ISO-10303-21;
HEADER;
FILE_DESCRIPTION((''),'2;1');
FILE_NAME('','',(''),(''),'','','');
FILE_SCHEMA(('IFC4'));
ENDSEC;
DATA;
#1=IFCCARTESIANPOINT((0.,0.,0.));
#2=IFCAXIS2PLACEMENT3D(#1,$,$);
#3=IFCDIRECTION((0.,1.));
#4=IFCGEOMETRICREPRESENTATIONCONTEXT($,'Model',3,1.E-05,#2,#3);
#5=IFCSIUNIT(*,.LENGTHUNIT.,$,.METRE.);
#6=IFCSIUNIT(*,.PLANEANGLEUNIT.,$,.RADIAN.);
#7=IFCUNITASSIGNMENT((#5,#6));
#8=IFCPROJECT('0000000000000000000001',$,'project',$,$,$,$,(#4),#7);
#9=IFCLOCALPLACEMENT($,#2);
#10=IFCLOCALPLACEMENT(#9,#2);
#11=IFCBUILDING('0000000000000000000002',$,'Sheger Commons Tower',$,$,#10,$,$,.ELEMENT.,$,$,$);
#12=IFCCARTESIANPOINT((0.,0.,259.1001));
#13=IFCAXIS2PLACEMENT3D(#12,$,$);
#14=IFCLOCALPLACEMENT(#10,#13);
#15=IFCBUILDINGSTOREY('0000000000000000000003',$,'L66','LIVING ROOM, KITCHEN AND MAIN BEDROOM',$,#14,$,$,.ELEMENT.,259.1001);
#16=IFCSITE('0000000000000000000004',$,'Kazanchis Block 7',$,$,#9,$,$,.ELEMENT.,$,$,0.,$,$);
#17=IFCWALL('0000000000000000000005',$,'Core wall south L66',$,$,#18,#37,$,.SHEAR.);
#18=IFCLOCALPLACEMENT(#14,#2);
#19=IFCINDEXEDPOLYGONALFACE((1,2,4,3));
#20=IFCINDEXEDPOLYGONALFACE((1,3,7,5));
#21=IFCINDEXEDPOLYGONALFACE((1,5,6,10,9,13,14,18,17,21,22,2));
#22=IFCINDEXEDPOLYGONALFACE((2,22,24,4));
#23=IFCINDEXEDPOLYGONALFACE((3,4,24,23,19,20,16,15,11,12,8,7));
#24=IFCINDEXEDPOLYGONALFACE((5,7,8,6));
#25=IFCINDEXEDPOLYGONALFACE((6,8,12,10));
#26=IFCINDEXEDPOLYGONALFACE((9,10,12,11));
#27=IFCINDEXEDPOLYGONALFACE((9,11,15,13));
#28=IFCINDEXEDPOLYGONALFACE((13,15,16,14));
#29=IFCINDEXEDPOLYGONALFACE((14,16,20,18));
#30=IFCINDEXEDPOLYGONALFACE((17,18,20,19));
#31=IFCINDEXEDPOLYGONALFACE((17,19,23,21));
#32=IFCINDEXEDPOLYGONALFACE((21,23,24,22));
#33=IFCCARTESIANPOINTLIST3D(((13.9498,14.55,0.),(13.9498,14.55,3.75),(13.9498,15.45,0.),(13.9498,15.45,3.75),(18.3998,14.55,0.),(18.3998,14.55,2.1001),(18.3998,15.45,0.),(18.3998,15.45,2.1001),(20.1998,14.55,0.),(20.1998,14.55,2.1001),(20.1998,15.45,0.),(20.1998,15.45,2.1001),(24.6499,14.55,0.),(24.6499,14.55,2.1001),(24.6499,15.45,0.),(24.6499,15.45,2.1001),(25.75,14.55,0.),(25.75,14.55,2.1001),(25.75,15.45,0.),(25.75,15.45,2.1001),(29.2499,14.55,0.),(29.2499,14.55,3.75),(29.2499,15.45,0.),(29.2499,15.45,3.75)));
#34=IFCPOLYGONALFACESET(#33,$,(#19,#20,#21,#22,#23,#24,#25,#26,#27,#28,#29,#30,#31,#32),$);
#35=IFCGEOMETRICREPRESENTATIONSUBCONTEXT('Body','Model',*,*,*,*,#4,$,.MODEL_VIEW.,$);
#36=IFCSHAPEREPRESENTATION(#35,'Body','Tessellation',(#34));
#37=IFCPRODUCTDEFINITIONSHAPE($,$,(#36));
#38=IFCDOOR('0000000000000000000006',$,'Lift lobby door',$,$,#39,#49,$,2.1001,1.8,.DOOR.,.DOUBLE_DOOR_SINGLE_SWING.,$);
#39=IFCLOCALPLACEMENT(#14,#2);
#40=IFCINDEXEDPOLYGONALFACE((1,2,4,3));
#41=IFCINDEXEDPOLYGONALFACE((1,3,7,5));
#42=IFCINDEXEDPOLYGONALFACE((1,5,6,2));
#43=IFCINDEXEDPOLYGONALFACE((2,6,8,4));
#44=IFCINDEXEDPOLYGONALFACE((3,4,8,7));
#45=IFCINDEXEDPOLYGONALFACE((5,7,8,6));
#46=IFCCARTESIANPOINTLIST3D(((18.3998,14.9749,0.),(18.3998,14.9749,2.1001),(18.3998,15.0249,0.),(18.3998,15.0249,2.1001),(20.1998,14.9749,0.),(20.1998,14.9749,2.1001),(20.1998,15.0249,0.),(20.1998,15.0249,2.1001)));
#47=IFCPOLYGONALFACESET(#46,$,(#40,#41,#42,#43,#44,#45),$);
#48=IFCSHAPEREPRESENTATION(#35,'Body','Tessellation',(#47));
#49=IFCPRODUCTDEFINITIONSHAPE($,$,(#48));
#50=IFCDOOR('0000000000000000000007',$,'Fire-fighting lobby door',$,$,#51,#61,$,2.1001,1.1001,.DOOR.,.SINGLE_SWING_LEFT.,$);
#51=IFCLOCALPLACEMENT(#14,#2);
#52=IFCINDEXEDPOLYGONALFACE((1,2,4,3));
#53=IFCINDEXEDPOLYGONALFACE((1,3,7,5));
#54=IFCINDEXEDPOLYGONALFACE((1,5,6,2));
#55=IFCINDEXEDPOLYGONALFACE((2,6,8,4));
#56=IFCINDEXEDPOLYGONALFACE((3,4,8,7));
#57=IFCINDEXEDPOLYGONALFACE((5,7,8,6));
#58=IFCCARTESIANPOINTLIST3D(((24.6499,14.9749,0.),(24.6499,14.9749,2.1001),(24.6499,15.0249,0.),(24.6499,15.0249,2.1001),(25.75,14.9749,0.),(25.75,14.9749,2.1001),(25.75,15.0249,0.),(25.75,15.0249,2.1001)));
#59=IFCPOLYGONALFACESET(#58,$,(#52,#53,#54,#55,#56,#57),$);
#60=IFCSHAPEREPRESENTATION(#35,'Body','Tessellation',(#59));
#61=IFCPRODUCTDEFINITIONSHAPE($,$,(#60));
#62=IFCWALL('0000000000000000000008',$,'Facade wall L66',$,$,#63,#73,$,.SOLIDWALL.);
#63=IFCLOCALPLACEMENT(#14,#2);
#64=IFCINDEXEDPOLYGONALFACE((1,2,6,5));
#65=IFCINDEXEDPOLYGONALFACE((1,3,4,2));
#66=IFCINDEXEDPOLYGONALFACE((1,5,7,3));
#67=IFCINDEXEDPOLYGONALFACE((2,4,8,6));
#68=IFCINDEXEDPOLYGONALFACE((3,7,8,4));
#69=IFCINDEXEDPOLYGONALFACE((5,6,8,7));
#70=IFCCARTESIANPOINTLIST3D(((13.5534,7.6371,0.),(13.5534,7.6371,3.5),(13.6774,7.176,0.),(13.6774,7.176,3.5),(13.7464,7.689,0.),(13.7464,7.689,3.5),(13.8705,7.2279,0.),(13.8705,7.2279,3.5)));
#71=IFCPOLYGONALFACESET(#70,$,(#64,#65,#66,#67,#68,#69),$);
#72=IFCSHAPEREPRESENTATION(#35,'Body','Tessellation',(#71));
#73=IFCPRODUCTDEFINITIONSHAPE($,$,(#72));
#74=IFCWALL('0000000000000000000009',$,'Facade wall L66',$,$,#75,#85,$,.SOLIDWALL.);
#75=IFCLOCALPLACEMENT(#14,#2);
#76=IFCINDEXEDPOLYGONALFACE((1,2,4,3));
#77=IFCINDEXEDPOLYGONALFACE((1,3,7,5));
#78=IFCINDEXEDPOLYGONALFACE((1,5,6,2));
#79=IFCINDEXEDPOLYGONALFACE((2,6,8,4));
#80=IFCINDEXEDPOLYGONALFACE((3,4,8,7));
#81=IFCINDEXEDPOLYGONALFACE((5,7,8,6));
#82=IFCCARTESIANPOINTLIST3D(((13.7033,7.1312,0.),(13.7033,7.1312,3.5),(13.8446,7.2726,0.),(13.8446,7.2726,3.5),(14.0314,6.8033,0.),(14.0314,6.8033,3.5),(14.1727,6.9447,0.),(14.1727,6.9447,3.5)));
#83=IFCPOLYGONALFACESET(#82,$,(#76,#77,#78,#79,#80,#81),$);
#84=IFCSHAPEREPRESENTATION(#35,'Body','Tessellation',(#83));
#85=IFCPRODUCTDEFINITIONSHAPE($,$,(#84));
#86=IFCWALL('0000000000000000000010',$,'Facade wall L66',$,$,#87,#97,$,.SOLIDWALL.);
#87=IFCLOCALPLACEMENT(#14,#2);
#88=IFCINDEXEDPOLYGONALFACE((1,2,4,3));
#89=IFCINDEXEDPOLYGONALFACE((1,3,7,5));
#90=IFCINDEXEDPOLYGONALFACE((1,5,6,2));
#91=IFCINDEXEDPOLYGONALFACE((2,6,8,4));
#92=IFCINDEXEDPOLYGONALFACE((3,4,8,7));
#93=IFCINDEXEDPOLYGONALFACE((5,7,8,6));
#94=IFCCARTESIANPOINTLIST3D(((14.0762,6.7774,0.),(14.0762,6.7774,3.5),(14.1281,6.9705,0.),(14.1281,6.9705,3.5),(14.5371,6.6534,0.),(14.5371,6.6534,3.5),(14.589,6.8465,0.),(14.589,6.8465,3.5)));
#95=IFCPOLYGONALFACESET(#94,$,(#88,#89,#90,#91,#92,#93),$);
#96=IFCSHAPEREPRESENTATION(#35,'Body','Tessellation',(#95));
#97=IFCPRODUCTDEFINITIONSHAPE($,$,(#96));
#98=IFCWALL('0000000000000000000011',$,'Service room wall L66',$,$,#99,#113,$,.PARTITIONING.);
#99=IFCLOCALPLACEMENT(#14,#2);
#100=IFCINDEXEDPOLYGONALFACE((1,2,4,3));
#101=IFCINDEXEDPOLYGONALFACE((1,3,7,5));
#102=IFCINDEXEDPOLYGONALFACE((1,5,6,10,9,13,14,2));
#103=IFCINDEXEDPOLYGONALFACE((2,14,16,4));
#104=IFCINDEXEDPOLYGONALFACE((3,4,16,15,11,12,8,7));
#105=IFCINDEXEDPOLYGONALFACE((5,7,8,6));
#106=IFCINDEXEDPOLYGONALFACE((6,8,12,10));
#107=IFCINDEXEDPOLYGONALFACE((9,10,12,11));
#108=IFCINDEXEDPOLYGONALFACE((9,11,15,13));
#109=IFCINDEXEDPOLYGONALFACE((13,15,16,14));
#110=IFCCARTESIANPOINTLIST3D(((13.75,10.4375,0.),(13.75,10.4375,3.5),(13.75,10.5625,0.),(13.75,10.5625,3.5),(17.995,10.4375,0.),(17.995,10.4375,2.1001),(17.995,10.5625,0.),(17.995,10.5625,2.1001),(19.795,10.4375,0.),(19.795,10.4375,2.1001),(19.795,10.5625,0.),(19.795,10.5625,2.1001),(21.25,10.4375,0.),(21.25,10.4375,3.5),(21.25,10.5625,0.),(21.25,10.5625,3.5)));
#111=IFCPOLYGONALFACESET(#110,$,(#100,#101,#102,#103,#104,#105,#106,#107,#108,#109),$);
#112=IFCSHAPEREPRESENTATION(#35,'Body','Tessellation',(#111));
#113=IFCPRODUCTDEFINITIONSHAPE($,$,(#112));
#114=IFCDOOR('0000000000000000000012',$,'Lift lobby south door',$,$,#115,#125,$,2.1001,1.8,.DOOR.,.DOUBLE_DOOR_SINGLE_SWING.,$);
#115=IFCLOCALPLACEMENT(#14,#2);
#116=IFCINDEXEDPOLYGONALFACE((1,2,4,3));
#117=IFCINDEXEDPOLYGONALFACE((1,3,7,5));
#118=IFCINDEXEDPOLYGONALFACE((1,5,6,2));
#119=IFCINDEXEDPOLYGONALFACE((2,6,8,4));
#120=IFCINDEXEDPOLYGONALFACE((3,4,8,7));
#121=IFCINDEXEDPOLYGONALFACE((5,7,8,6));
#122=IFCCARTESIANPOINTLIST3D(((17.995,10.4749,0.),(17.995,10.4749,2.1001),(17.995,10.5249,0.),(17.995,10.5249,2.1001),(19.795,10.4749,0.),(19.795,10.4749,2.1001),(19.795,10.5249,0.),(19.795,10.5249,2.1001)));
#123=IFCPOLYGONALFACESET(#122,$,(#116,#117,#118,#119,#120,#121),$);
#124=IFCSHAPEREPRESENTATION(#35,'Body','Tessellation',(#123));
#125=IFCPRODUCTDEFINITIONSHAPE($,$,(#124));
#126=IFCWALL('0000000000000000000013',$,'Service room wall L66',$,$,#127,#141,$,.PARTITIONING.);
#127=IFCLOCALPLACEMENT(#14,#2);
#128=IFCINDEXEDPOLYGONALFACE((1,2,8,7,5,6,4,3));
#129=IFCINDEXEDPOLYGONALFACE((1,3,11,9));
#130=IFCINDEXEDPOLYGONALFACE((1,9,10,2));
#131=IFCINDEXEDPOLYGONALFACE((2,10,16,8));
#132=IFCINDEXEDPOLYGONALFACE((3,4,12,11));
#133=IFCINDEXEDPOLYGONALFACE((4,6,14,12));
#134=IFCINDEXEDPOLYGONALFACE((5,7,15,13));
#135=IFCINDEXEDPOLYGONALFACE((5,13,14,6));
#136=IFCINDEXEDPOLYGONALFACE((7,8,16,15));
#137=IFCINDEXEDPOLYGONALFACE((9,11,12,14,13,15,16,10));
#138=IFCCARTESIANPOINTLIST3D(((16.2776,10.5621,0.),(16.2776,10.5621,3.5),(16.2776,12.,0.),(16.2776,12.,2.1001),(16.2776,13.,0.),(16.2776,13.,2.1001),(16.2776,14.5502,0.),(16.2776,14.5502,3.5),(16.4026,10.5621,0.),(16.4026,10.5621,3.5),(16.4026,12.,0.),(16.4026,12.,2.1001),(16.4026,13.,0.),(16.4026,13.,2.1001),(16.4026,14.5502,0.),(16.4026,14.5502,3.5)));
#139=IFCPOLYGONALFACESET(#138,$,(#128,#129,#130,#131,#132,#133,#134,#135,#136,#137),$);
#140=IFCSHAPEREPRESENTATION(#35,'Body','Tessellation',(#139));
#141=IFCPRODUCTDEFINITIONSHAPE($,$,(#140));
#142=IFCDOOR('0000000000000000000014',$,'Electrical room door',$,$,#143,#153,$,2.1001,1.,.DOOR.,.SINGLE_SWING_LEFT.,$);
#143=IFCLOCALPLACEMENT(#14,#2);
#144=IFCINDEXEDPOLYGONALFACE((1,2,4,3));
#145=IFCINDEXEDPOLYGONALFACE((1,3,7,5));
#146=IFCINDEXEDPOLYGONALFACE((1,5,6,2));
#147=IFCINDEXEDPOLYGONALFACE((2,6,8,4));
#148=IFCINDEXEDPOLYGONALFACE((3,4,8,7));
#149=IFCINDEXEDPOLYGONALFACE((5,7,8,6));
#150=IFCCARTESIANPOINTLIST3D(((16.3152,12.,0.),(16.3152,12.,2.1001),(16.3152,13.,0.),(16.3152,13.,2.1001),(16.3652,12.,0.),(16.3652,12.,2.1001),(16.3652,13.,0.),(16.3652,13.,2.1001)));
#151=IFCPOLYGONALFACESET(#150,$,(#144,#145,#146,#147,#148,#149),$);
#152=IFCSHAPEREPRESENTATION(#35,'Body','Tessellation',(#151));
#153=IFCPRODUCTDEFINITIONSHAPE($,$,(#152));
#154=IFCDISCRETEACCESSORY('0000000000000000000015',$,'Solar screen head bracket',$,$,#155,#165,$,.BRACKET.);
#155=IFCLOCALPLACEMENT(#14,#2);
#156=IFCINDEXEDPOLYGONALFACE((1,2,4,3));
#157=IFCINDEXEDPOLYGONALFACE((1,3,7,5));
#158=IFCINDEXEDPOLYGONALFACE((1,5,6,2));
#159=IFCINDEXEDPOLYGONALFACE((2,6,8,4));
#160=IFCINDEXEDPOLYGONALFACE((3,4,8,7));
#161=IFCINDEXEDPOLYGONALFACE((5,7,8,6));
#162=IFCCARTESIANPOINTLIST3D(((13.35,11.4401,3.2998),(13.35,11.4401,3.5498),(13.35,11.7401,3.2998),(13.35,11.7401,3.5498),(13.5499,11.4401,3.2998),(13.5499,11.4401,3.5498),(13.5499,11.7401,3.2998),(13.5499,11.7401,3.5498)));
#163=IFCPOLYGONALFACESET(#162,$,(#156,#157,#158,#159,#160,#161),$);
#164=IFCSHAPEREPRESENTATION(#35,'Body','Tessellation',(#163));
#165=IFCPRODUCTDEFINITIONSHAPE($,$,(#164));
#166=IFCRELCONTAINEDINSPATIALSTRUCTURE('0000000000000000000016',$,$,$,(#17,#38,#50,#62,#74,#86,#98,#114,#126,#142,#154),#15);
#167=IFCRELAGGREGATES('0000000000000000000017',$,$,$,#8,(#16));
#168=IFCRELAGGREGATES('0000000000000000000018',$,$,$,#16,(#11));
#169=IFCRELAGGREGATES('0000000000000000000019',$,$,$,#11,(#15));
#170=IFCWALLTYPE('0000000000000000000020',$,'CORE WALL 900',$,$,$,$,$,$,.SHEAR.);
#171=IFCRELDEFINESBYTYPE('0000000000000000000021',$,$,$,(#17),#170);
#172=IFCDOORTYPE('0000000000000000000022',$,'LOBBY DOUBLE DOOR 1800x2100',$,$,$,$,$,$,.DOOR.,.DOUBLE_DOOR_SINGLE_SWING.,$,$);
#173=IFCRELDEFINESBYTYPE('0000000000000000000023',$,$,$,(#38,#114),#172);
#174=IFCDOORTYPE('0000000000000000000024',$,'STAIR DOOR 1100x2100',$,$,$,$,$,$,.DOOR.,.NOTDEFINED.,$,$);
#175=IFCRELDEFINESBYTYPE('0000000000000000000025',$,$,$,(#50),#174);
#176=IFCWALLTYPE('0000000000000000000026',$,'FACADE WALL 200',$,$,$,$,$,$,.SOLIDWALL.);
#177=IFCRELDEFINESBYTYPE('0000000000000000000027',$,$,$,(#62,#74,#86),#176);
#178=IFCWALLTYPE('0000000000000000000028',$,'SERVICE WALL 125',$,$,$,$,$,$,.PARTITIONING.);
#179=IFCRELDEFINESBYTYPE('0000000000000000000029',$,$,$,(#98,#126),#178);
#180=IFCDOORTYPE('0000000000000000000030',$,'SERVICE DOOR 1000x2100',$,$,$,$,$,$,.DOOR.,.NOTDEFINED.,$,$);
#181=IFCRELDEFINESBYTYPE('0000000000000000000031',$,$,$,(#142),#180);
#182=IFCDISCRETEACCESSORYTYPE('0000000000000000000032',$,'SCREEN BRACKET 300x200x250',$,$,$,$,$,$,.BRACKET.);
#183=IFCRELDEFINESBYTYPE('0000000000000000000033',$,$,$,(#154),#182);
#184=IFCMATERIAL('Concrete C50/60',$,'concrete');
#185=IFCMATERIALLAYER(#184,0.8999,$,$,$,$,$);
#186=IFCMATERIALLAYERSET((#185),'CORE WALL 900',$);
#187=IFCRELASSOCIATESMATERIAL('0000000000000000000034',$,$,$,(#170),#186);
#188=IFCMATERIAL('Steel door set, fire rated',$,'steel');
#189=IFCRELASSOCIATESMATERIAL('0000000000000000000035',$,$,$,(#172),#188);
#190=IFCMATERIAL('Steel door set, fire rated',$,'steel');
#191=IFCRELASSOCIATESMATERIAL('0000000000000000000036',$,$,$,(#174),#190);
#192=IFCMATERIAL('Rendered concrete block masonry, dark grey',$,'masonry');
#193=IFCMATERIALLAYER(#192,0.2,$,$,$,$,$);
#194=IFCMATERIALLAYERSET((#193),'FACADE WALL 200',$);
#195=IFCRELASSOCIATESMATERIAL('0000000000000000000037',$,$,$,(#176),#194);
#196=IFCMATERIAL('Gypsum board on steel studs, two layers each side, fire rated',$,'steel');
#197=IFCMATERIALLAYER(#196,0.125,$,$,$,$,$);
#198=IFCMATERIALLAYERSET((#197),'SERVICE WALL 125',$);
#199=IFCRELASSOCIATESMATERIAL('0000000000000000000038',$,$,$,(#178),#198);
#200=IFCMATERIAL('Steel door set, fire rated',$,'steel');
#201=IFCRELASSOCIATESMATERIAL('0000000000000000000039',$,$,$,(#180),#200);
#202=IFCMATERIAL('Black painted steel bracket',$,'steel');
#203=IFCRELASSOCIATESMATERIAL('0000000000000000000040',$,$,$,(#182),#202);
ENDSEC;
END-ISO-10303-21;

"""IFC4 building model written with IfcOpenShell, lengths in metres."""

from ifc_helpers import new_model, si_unit, direction, frame, frame_2d, origin, origin_2d, place, context, subcontext, project, spatial, rectangle, extrude, material, layer, layer_set, type_object, element, fill, save


model = new_model("IFC4")

# Units and contexts
model_context = context("Model", 3, precision=1e-05, world=origin(), true_north=direction((0.0, 1.0)))
body_context = subcontext(model_context, "Body", "Model", "MODEL_VIEW")
ifc_project = project(units=[si_unit("LENGTHUNIT", "METRE"), si_unit("PLANEANGLEUNIT", "RADIAN")], contexts=[model_context])

# Site, building, storey
site_placement = place(None, origin())
site = spatial("IfcSite", under=ifc_project, at=site_placement, Name="Kazanchis Block 7", CompositionType="ELEMENT", RefElevation=0.0)
building_placement = place(site_placement, origin())
building = spatial("IfcBuilding", under=site, at=building_placement, Name="Sheger Commons Tower", CompositionType="ELEMENT")
storey_placement = place(building_placement, frame((0.0, 0.0, 259.1001)))
storey = spatial("IfcBuildingStorey", under=building, at=storey_placement, Name="L66", Description="LIVING ROOM, KITCHEN AND MAIN BEDROOM", CompositionType="ELEMENT", Elevation=259.1001)

# Wall, openings, doors
ifc_material_1 = material(Name="Concrete C50/60", Category="concrete")
ifc_layer_1 = layer(ifc_material_1, 0.8999)
ifc_layer_set_1 = layer_set([ifc_layer_1], Name="CORE WALL 900")
wall_type_1 = type_object("IfcWallType", Name="CORE WALL 900", PredefinedType="SHEAR", material=ifc_layer_set_1)
wall_1_placement = place(storey_placement, frame((13.95, 15.0, 0.0), z_axis=(0.0, 0.0, 1.0), x_axis=(1.0, 0.0, 0.0)))
wall_1 = element("IfcWall", 1, at=wall_1_placement, inside=storey, type_object=wall_type_1, Name="Core wall south L66", PredefinedType="SHEAR", context=body_context, shape_type="SweptSolid", body=[
    extrude(rectangle(XDim=15.3, YDim=0.8999, at=frame_2d((7.6499, 0.0))), origin(), (0.0, 0.0, 1.0), 3.75),
])
opening_1_placement = place(wall_1_placement, frame((4.45, 0.0, 0.0)))
opening_1 = element("IfcOpeningElement", 2, at=opening_1_placement, cuts=wall_1, PredefinedType="OPENING", context=body_context, shape_type="SweptSolid", body=[
    extrude(rectangle(XDim=1.8, YDim=2.1001, at=frame_2d((0.8999, 1.05))), frame((0.0, 0.46, 0.0), z_axis=(0.0, -1.0, 0.0), x_axis=(1.0, 0.0, 0.0)), (0.0, 0.0, 1.0), 0.9199),
])
opening_2_placement = place(wall_1_placement, frame((10.7, 0.0, 0.0)))
opening_2 = element("IfcOpeningElement", 3, at=opening_2_placement, cuts=wall_1, PredefinedType="OPENING", context=body_context, shape_type="SweptSolid", body=[
    extrude(rectangle(XDim=1.1001, YDim=2.1001, at=frame_2d((0.55, 1.05))), frame((0.0, 0.46, 0.0), z_axis=(0.0, -1.0, 0.0), x_axis=(1.0, 0.0, 0.0)), (0.0, 0.0, 1.0), 0.9199),
])
ifc_material_2 = material(Name="Steel door set, fire rated", Category="steel")
door_type_1 = type_object("IfcDoorType", Name="LOBBY DOUBLE DOOR 1800x2100", OperationType="DOUBLE_DOOR_SINGLE_SWING", PredefinedType="DOOR", material=ifc_material_2)
door_1_placement = place(opening_1_placement, origin())
door_1 = element("IfcDoor", 4, at=door_1_placement, inside=storey, type_object=door_type_1, Name="Lift lobby door", OperationType="DOUBLE_DOOR_SINGLE_SWING", OverallHeight=2.1001, OverallWidth=1.8, PredefinedType="DOOR", context=body_context, shape_type="SweptSolid", body=[
    extrude(rectangle(XDim=1.8, YDim=2.1001, at=frame_2d((0.8999, 1.05))), frame((0.0, 0.0249, 0.0), z_axis=(0.0, -1.0, 0.0), x_axis=(1.0, 0.0, 0.0)), (0.0, 0.0, 1.0), 0.05),
])
fill(opening_1, door_1)
ifc_material_3 = material(Name="Steel door set, fire rated", Category="steel")
door_type_2 = type_object("IfcDoorType", Name="STAIR DOOR 1100x2100", OperationType="NOTDEFINED", PredefinedType="DOOR", material=ifc_material_3)
door_2_placement = place(opening_2_placement, origin())
door_2 = element("IfcDoor", 5, at=door_2_placement, inside=storey, type_object=door_type_2, Name="Fire-fighting lobby door", OperationType="SINGLE_SWING_LEFT", OverallHeight=2.1001, OverallWidth=1.1001, PredefinedType="DOOR", context=body_context, shape_type="SweptSolid", body=[
    extrude(rectangle(XDim=1.1001, YDim=2.1001, at=frame_2d((0.55, 1.05))), frame((0.0, 0.0249, 0.0), z_axis=(0.0, -1.0, 0.0), x_axis=(1.0, 0.0, 0.0)), (0.0, 0.0, 1.0), 0.05),
])
fill(opening_2, door_2)

# Walls
ifc_material_4 = material(Name="Rendered concrete block masonry, dark grey", Category="masonry")
ifc_layer_2 = layer(ifc_material_4, 0.2)
ifc_layer_set_2 = layer_set([ifc_layer_2], Name="FACADE WALL 200")
wall_type_2 = type_object("IfcWallType", Name="FACADE WALL 200", PredefinedType="SOLIDWALL", material=ifc_layer_set_2)
wall_2_placement = place(storey_placement, frame((13.6499, 7.6631, 0.0), z_axis=(0.0, 0.0, 1.0), x_axis=(0.259698, -0.96569, 0.0)))
element("IfcWall", 6, at=wall_2_placement, inside=storey, type_object=wall_type_2, Name="Facade wall L66", PredefinedType="SOLIDWALL", context=body_context, shape_type="SweptSolid", body=[
    extrude(rectangle(XDim=0.4775, YDim=0.2, at=frame_2d((0.2388, 0.0))), origin(), (0.0, 0.0, 1.0), 3.5),
])
wall_3_placement = place(storey_placement, frame((13.7739, 7.2019, 0.0), z_axis=(0.0, 0.0, 1.0), x_axis=(0.70737, -0.706844, 0.0)))
element("IfcWall", 7, at=wall_3_placement, inside=storey, type_object=wall_type_2, Name="Facade wall L66", PredefinedType="SOLIDWALL", context=body_context, shape_type="SweptSolid", body=[
    extrude(rectangle(XDim=0.4639, YDim=0.2, at=frame_2d((0.2319, 0.0))), origin(), (0.0, 0.0, 1.0), 3.5),
])
wall_4_placement = place(storey_placement, frame((14.1021, 6.874, 0.0), z_axis=(0.0, 0.0, 1.0), x_axis=(0.965655, -0.259827, 0.0)))
element("IfcWall", 8, at=wall_4_placement, inside=storey, type_object=wall_type_2, Name="Facade wall L66", PredefinedType="SOLIDWALL", context=body_context, shape_type="SweptSolid", body=[
    extrude(rectangle(XDim=0.4773, YDim=0.2, at=frame_2d((0.2388, 0.0))), origin(), (0.0, 0.0, 1.0), 3.5),
])

# Walls, openings, doors
ifc_material_5 = material(Name="Gypsum board on steel studs, two layers each side, fire rated", Category="steel")
ifc_layer_3 = layer(ifc_material_5, 0.125)
ifc_layer_set_3 = layer_set([ifc_layer_3], Name="SERVICE WALL 125")
wall_type_3 = type_object("IfcWallType", Name="SERVICE WALL 125", PredefinedType="PARTITIONING", material=ifc_layer_set_3)
wall_5_placement = place(storey_placement, frame((13.75, 10.5, 0.0), z_axis=(0.0, 0.0, 1.0), x_axis=(1.0, 0.0, 0.0)))
wall_5 = element("IfcWall", 9, at=wall_5_placement, inside=storey, type_object=wall_type_3, Name="Service room wall L66", PredefinedType="PARTITIONING", context=body_context, shape_type="SweptSolid", body=[
    extrude(rectangle(XDim=7.5, YDim=0.125, at=frame_2d((3.75, 0.0))), origin(), (0.0, 0.0, 1.0), 3.5),
])
opening_3_placement = place(wall_5_placement, frame((4.2451, 0.0, 0.0)))
opening_3 = element("IfcOpeningElement", 10, at=opening_3_placement, cuts=wall_5, PredefinedType="OPENING", context=body_context, shape_type="SweptSolid", body=[
    extrude(rectangle(XDim=1.8, YDim=2.1001, at=frame_2d((0.8999, 1.05))), frame((0.0, 0.0725, 0.0), z_axis=(0.0, -1.0, 0.0), x_axis=(1.0, 0.0, 0.0)), (0.0, 0.0, 1.0), 0.145),
])
door_3_placement = place(opening_3_placement, origin())
door_3 = element("IfcDoor", 11, at=door_3_placement, inside=storey, type_object=door_type_1, Name="Lift lobby south door", OperationType="DOUBLE_DOOR_SINGLE_SWING", OverallHeight=2.1001, OverallWidth=1.8, PredefinedType="DOOR", context=body_context, shape_type="SweptSolid", body=[
    extrude(rectangle(XDim=1.8, YDim=2.1001, at=frame_2d((0.8999, 1.05))), frame((0.0, 0.0249, 0.0), z_axis=(0.0, -1.0, 0.0), x_axis=(1.0, 0.0, 0.0)), (0.0, 0.0, 1.0), 0.05),
])
fill(opening_3, door_3)
wall_6_placement = place(storey_placement, frame((16.3401, 10.562, 0.0), z_axis=(0.0, 0.0, 1.0), x_axis=(0.0, 1.0, 0.0)))
wall_6 = element("IfcWall", 12, at=wall_6_placement, inside=storey, type_object=wall_type_3, Name="Service room wall L66", PredefinedType="PARTITIONING", context=body_context, shape_type="SweptSolid", body=[
    extrude(rectangle(XDim=3.988, YDim=0.125, at=frame_2d((1.9941, 0.0))), origin(), (0.0, 0.0, 1.0), 3.5),
])
opening_4_placement = place(wall_6_placement, frame((1.438, 0.0, 0.0)))
opening_4 = element("IfcOpeningElement", 13, at=opening_4_placement, cuts=wall_6, PredefinedType="OPENING", context=body_context, shape_type="SweptSolid", body=[
    extrude(rectangle(XDim=1.0, YDim=2.1001, at=frame_2d((0.5, 1.05))), frame((0.0, 0.0725, 0.0), z_axis=(0.0, -1.0, 0.0), x_axis=(1.0, 0.0, 0.0)), (0.0, 0.0, 1.0), 0.145),
])
ifc_material_6 = material(Name="Steel door set, fire rated", Category="steel")
door_type_3 = type_object("IfcDoorType", Name="SERVICE DOOR 1000x2100", OperationType="NOTDEFINED", PredefinedType="DOOR", material=ifc_material_6)
door_4_placement = place(opening_4_placement, origin())
door_4 = element("IfcDoor", 14, at=door_4_placement, inside=storey, type_object=door_type_3, Name="Electrical room door", OperationType="SINGLE_SWING_LEFT", OverallHeight=2.1001, OverallWidth=1.0, PredefinedType="DOOR", context=body_context, shape_type="SweptSolid", body=[
    extrude(rectangle(XDim=1.0, YDim=2.1001, at=frame_2d((0.5, 1.05))), frame((0.0, 0.0249, 0.0), z_axis=(0.0, -1.0, 0.0), x_axis=(1.0, 0.0, 0.0)), (0.0, 0.0, 1.0), 0.05),
])
fill(opening_4, door_4)

# Discrete accessory
ifc_material_7 = material(Name="Black painted steel bracket", Category="steel")
discrete_accessory_type = type_object("IfcDiscreteAccessoryType", Name="SCREEN BRACKET 300x200x250", PredefinedType="BRACKET", material=ifc_material_7)
discrete_accessory_placement = place(storey_placement, frame((13.45, 11.5901, 3.2998), z_axis=(0.0, 0.0, 1.0), x_axis=(0.0, -1.0, 0.0)))
element("IfcDiscreteAccessory", 15, at=discrete_accessory_placement, inside=storey, type_object=discrete_accessory_type, Name="Solar screen head bracket", PredefinedType="BRACKET", context=body_context, shape_type="SweptSolid", body=[
    extrude(rectangle(XDim=0.3, YDim=0.2, at=origin_2d()), origin(), (0.0, 0.0, 1.0), 0.25),
])

save(model, "model.ifc")
